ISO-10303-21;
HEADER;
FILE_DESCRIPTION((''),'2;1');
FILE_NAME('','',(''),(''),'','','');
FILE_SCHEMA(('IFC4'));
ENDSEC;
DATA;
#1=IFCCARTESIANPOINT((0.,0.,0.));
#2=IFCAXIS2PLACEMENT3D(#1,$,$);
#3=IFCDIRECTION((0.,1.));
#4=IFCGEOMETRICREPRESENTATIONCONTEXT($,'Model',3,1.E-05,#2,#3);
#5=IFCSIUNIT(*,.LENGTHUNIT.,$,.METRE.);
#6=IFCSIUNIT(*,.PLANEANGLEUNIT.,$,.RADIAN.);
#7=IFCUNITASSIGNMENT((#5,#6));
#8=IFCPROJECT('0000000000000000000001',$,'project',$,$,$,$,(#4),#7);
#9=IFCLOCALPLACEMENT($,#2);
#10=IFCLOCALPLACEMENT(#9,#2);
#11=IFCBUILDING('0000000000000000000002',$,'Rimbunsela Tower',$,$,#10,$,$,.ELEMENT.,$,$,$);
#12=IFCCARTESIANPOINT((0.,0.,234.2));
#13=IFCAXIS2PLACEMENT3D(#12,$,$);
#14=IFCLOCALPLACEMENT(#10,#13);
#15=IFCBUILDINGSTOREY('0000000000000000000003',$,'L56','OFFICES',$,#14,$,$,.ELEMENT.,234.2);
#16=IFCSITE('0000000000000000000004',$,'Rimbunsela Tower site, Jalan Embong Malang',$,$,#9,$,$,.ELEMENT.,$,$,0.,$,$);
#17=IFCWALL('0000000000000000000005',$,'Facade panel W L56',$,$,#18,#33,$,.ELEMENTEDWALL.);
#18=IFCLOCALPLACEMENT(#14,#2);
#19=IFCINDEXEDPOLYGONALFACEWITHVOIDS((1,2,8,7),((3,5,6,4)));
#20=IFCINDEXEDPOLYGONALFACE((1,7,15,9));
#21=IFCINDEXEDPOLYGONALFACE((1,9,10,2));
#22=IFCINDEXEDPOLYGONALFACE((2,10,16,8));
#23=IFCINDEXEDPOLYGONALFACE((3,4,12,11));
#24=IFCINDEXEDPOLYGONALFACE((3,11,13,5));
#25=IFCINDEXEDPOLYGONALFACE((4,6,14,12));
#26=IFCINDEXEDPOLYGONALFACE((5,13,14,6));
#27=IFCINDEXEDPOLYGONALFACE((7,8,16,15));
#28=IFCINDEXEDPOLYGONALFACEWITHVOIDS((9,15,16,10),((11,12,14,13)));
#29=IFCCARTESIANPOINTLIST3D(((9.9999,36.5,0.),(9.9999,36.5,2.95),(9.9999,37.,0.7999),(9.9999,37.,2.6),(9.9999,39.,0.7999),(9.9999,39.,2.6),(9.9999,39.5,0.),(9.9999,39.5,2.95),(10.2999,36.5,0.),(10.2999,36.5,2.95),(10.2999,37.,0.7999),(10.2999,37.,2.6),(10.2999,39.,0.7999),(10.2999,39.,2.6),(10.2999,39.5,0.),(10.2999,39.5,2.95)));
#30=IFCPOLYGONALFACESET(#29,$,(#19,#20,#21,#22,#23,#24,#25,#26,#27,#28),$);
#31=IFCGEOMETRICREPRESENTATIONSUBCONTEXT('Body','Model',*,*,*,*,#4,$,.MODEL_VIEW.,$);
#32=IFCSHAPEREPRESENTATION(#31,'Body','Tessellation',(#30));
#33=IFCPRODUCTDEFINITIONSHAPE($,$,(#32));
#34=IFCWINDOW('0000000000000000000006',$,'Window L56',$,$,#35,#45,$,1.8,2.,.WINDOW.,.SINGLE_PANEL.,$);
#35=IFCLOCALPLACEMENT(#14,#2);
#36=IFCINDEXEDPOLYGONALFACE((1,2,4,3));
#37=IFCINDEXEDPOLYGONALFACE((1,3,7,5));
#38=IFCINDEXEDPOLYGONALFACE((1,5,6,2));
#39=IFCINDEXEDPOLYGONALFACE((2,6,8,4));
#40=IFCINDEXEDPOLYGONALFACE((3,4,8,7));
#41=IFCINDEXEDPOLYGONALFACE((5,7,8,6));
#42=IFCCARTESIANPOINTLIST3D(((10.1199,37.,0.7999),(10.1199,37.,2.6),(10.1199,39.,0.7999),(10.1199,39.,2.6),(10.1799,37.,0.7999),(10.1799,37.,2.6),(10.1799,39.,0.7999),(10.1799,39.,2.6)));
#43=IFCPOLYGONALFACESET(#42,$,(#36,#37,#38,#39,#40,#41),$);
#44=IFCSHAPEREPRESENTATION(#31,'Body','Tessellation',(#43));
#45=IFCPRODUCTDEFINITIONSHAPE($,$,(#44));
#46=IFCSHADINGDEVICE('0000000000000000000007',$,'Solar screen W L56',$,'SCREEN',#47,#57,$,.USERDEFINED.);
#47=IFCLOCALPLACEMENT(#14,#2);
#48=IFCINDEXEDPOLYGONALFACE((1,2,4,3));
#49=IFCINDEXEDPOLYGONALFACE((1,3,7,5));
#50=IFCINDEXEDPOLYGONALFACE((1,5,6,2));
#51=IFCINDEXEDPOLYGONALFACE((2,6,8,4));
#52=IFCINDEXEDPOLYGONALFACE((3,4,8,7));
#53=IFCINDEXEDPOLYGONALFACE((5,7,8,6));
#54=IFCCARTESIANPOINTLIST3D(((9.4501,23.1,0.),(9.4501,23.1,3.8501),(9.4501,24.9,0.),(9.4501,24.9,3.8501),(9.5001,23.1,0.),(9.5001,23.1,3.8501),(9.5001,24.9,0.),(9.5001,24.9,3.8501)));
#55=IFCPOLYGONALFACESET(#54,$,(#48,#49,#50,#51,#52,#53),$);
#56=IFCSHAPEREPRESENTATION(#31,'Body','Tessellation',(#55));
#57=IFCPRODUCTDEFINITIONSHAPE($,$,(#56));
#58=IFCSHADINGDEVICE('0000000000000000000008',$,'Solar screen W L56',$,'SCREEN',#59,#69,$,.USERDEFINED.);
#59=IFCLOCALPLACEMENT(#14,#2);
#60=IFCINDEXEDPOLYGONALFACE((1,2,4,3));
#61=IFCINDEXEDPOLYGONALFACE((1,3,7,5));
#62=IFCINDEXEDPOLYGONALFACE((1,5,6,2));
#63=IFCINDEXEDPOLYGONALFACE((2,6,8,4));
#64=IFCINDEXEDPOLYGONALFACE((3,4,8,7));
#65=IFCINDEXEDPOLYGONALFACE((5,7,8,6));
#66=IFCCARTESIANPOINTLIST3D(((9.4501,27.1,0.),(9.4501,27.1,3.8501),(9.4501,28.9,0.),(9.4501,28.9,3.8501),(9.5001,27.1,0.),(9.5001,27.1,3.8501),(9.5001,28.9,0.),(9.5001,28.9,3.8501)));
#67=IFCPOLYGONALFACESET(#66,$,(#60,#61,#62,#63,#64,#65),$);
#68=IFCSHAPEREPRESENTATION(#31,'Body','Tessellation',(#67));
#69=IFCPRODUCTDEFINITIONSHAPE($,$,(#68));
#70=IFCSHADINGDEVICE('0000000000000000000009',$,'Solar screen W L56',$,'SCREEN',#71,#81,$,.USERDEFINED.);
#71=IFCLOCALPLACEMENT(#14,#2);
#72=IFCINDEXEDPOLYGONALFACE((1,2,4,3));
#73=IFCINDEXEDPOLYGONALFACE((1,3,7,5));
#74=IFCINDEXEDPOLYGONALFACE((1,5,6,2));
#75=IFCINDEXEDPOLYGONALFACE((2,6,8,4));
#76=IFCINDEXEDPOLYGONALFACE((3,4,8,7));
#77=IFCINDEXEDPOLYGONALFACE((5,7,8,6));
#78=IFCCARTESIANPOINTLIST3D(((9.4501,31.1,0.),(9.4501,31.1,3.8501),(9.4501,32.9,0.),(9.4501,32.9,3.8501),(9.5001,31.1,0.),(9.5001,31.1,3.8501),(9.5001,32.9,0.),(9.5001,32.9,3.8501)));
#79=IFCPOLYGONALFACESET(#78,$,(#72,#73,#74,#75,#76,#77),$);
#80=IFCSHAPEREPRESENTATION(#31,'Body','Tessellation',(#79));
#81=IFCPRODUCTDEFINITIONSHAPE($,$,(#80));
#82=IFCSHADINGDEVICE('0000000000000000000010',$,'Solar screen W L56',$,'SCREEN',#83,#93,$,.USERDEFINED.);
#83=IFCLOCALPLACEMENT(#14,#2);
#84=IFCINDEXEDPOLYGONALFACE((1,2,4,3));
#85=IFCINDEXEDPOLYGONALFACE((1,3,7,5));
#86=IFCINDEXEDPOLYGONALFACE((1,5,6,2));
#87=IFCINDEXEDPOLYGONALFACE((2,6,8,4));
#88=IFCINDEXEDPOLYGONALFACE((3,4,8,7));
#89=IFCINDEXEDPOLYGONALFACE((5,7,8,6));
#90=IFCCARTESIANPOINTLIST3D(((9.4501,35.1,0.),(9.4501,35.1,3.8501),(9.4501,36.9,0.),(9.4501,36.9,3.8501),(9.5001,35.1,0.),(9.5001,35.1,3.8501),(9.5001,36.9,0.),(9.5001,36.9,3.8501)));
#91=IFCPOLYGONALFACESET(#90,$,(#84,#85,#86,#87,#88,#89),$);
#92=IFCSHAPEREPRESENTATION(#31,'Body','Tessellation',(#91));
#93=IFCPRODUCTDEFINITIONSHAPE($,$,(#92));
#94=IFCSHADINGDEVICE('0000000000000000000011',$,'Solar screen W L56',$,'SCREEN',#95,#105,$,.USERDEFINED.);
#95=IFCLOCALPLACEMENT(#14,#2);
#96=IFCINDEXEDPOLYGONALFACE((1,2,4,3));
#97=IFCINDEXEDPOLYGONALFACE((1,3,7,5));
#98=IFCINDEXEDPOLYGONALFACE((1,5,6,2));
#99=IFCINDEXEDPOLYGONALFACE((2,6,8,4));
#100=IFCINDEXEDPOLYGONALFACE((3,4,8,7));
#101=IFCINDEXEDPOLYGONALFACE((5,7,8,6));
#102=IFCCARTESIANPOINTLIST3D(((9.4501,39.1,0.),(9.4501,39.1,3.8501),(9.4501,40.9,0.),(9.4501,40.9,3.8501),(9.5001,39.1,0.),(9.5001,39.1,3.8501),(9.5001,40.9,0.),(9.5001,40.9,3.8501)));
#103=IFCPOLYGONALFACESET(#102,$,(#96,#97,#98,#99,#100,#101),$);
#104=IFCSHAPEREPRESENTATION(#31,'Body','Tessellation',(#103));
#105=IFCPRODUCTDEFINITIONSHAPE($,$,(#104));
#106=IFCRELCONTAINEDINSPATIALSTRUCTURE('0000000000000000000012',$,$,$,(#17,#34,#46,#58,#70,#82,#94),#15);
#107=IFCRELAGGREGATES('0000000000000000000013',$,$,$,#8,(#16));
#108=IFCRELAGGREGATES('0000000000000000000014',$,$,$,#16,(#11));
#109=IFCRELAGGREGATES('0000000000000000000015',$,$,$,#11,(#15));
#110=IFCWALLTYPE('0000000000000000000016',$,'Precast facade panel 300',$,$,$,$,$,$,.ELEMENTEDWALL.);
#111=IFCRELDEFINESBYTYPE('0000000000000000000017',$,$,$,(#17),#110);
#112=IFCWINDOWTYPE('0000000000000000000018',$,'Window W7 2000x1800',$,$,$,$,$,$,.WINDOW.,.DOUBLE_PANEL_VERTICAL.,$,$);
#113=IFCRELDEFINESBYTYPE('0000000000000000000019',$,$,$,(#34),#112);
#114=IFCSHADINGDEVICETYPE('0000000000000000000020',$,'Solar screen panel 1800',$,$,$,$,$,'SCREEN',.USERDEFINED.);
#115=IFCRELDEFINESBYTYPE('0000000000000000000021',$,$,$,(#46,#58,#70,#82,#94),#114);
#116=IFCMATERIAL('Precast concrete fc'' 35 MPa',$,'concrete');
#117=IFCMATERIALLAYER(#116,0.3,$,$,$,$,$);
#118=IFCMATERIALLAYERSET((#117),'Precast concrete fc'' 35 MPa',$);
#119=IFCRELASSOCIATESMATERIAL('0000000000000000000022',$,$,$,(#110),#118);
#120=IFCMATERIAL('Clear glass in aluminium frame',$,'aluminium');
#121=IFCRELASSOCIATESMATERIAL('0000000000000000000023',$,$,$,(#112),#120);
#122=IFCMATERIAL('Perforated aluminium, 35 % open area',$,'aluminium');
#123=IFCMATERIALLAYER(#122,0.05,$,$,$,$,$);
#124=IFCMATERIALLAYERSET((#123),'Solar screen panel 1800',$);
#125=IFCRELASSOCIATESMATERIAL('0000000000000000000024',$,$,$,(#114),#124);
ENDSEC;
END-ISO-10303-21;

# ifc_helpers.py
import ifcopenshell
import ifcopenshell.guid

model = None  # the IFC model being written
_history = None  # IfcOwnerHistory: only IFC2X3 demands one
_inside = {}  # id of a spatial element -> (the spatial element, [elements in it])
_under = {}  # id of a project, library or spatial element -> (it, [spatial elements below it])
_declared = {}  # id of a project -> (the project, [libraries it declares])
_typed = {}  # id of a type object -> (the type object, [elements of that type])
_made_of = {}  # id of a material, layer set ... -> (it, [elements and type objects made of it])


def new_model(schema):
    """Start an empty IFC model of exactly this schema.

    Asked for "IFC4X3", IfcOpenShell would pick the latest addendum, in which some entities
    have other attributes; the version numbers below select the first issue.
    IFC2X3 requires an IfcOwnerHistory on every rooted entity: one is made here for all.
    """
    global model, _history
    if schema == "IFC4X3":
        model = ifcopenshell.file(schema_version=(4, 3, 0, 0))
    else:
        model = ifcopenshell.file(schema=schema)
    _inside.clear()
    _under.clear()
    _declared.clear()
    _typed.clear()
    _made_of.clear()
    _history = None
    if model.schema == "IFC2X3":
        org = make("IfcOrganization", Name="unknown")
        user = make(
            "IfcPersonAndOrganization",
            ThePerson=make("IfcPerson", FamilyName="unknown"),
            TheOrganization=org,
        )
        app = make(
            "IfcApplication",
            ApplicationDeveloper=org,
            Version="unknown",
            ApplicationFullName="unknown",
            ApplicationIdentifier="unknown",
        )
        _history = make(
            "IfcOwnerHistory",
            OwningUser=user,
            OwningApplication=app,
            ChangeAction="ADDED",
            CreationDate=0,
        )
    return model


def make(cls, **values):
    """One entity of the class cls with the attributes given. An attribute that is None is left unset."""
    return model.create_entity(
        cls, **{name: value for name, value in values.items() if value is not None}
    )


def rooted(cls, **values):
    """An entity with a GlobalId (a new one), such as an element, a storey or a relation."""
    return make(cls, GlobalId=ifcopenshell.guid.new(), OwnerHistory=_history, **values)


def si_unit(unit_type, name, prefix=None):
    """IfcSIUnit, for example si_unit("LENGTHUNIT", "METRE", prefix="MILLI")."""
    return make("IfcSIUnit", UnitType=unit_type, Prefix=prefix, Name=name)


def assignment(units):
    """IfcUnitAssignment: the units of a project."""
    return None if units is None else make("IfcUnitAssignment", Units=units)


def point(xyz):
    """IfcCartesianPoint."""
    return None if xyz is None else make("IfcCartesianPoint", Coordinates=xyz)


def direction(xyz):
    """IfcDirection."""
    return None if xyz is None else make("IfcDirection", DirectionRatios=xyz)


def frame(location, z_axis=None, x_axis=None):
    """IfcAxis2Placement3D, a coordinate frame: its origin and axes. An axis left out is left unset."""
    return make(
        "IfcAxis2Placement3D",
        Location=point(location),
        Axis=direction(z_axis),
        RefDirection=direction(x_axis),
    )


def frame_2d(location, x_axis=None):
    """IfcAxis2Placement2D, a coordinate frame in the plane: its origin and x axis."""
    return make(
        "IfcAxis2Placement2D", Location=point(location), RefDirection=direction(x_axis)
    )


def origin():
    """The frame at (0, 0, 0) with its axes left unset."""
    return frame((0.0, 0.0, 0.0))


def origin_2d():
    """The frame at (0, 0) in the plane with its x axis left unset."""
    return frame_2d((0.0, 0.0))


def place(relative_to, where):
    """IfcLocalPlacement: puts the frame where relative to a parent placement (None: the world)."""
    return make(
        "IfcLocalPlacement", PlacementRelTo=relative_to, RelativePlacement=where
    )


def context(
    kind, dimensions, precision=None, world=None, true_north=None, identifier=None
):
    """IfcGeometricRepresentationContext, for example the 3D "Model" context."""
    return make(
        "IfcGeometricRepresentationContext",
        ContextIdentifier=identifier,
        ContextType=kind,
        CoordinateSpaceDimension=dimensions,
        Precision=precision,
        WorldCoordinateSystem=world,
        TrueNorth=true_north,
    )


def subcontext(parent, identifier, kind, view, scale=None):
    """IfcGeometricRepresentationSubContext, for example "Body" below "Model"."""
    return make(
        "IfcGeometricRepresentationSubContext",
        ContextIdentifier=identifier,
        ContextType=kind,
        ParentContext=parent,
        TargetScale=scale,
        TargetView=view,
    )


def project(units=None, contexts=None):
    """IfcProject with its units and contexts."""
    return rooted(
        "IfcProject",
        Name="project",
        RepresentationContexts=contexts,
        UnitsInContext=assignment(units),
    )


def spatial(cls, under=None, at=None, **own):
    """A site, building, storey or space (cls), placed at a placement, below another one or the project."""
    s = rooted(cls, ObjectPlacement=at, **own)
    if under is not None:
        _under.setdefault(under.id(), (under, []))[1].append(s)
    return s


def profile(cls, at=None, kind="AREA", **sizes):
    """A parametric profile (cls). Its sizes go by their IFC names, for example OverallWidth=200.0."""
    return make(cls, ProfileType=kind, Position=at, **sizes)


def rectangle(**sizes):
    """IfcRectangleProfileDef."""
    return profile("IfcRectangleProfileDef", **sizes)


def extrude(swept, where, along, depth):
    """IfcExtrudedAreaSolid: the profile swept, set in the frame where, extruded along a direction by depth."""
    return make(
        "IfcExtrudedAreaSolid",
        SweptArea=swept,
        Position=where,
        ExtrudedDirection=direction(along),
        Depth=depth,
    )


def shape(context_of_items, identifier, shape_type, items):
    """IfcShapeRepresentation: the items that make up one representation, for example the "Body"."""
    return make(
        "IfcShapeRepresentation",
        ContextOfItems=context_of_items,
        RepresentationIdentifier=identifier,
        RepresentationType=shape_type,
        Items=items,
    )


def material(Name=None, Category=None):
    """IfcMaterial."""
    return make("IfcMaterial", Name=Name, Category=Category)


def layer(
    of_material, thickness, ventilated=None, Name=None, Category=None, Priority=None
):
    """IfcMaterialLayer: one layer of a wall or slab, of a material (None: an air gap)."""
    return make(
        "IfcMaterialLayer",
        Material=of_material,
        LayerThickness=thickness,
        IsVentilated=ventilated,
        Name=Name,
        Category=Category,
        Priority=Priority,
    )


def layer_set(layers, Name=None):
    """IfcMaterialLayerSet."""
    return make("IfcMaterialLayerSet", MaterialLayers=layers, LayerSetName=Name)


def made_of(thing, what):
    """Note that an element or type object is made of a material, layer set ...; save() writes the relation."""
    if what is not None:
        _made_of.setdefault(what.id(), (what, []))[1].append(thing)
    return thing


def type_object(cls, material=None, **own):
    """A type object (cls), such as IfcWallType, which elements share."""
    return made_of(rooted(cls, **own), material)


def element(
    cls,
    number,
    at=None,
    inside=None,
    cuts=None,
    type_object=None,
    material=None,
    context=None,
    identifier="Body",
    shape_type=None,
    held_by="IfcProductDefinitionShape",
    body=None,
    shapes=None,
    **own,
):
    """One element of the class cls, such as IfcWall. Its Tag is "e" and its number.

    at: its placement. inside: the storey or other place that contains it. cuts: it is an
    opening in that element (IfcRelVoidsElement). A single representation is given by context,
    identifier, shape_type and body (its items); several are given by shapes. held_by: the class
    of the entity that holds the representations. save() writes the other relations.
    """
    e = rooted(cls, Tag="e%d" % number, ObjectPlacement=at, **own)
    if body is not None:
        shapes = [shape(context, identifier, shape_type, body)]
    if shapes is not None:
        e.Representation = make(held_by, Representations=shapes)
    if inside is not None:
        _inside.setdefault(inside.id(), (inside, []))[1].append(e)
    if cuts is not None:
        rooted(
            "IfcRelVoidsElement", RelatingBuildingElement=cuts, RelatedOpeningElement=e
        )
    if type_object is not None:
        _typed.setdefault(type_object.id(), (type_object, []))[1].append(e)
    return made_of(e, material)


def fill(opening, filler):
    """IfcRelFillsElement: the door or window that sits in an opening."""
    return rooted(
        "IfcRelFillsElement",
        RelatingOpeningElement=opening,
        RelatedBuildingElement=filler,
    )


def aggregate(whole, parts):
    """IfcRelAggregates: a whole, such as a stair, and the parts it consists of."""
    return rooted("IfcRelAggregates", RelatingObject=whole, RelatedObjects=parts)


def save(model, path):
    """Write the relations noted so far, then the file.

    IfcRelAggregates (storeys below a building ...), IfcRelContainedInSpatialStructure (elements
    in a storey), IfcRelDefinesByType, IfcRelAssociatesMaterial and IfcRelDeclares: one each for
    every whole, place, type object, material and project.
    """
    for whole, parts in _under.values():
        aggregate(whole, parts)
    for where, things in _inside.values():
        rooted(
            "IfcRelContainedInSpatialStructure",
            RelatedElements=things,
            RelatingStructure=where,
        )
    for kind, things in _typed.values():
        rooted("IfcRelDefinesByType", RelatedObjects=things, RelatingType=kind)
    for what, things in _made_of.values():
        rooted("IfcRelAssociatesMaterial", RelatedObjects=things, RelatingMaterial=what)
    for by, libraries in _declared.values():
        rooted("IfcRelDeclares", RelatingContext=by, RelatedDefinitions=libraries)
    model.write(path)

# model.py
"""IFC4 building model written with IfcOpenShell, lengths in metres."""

from ifc_helpers import new_model, si_unit, direction, frame, frame_2d, origin, origin_2d, place, context, subcontext, project, spatial, rectangle, extrude, material, layer, layer_set, type_object, element, fill, save


model = new_model("IFC4")

# Units and contexts
model_context = context("Model", 3, precision=1e-05, world=origin(), true_north=direction((0.0, 1.0)))
body_context = subcontext(model_context, "Body", "Model", "MODEL_VIEW")
ifc_project = project(units=[si_unit("LENGTHUNIT", "METRE"), si_unit("PLANEANGLEUNIT", "RADIAN")], contexts=[model_context])

# Site, building, storey
site_placement = place(None, origin())
site = spatial("IfcSite", under=ifc_project, at=site_placement, Name="Rimbunsela Tower site, Jalan Embong Malang", CompositionType="ELEMENT", RefElevation=0.0)
building_placement = place(site_placement, origin())
building = spatial("IfcBuilding", under=site, at=building_placement, Name="Rimbunsela Tower", CompositionType="ELEMENT")
storey_placement = place(building_placement, frame((0.0, 0.0, 234.2)))
storey = spatial("IfcBuildingStorey", under=building, at=storey_placement, Name="L56", Description="OFFICES", CompositionType="ELEMENT", Elevation=234.2)

# Wall, opening, window
ifc_material_1 = material(Name="Precast concrete fc' 35 MPa", Category="concrete")
ifc_layer_1 = layer(ifc_material_1, 0.3)
ifc_layer_set_1 = layer_set([ifc_layer_1], Name="Precast concrete fc' 35 MPa")
wall_type_1 = type_object("IfcWallType", Name="Precast facade panel 300", PredefinedType="ELEMENTEDWALL", material=ifc_layer_set_1)
ifc_material_2 = material(Name="Clear glass in aluminium frame", Category="aluminium")
window_type = type_object("IfcWindowType", Name="Window W7 2000x1800", PartitioningType="DOUBLE_PANEL_VERTICAL", PredefinedType="WINDOW", material=ifc_material_2)
wall_1_placement = place(storey_placement, frame((10.1499, 39.5, 0.0), z_axis=(0.0, 0.0, 1.0), x_axis=(0.0, -1.0, 0.0)))
wall_1 = element("IfcWall", 1, at=wall_1_placement, inside=storey, type_object=wall_type_1, Name="Facade panel W L56", PredefinedType="ELEMENTEDWALL", context=body_context, shape_type="SweptSolid", body=[
    extrude(rectangle(XDim=3.0, YDim=0.3, at=frame_2d((1.5, 0.0))), origin(), (0.0, 0.0, 1.0), 2.95),
])
opening_1_placement = place(wall_1_placement, frame((0.5, 0.0, 0.8)))
opening_1 = element("IfcOpeningElement", 2, at=opening_1_placement, cuts=wall_1, PredefinedType="OPENING", context=body_context, shape_type="SweptSolid", body=[
    extrude(rectangle(XDim=2.0, YDim=1.8, at=frame_2d((1.0, 0.8999))), frame((0.0, 0.1599, 0.0), z_axis=(0.0, -1.0, 0.0), x_axis=(1.0, 0.0, 0.0)), (0.0, 0.0, 1.0), 0.3201),
])
window_1_placement = place(opening_1_placement, origin())
window_1 = element("IfcWindow", 3, at=window_1_placement, inside=storey, type_object=window_type, Name="Window L56", OverallHeight=1.8, OverallWidth=2.0, PartitioningType="SINGLE_PANEL", PredefinedType="WINDOW", context=body_context, shape_type="SweptSolid", body=[
    extrude(rectangle(XDim=2.0, YDim=1.8, at=frame_2d((1.0, 0.8999))), frame((0.0, 0.03, 0.0), z_axis=(0.0, -1.0, 0.0), x_axis=(1.0, 0.0, 0.0)), (0.0, 0.0, 1.0), 0.0601),
])
fill(opening_1, window_1)

# Shading devices
ifc_material_3 = material(Name="Perforated aluminium, 35 % open area", Category="aluminium")
ifc_layer_2 = layer(ifc_material_3, 0.05)
ifc_layer_set_2 = layer_set([ifc_layer_2], Name="Solar screen panel 1800")
shading_device_type = type_object("IfcShadingDeviceType", Name="Solar screen panel 1800", ElementType="SCREEN", PredefinedType="USERDEFINED", material=ifc_layer_set_2)
for number, where, z_axis, x_axis, name in (
    (4, (9.4751, 24.0, 0.0), (0.0, 0.0, 1.0), (0.0, 1.0, 0.0), "Solar screen W L56"),
    (5, (9.4751, 28.0, 0.0), (0.0, 0.0, 1.0), (0.0, 1.0, 0.0), "Solar screen W L56"),
    (6, (9.4751, 32.0, 0.0), (0.0, 0.0, 1.0), (0.0, 1.0, 0.0), "Solar screen W L56"),
    (7, (9.4751, 36.0, 0.0), (0.0, 0.0, 1.0), (0.0, 1.0, 0.0), "Solar screen W L56"),
    (8, (9.4751, 40.0, 0.0), (0.0, 0.0, 1.0), (0.0, 1.0, 0.0), "Solar screen W L56"),
):
    element("IfcShadingDevice", number, at=place(storey_placement, frame(where, z_axis=z_axis, x_axis=x_axis)), inside=storey, type_object=shading_device_type, Name=name, ObjectType="SCREEN", PredefinedType="USERDEFINED", context=body_context, shape_type="SweptSolid", body=[
        extrude(rectangle(XDim=1.8, YDim=0.05, at=origin_2d()), origin(), (0.0, 0.0, 1.0), 3.8501),
    ])

save(model, "model.ifc")
